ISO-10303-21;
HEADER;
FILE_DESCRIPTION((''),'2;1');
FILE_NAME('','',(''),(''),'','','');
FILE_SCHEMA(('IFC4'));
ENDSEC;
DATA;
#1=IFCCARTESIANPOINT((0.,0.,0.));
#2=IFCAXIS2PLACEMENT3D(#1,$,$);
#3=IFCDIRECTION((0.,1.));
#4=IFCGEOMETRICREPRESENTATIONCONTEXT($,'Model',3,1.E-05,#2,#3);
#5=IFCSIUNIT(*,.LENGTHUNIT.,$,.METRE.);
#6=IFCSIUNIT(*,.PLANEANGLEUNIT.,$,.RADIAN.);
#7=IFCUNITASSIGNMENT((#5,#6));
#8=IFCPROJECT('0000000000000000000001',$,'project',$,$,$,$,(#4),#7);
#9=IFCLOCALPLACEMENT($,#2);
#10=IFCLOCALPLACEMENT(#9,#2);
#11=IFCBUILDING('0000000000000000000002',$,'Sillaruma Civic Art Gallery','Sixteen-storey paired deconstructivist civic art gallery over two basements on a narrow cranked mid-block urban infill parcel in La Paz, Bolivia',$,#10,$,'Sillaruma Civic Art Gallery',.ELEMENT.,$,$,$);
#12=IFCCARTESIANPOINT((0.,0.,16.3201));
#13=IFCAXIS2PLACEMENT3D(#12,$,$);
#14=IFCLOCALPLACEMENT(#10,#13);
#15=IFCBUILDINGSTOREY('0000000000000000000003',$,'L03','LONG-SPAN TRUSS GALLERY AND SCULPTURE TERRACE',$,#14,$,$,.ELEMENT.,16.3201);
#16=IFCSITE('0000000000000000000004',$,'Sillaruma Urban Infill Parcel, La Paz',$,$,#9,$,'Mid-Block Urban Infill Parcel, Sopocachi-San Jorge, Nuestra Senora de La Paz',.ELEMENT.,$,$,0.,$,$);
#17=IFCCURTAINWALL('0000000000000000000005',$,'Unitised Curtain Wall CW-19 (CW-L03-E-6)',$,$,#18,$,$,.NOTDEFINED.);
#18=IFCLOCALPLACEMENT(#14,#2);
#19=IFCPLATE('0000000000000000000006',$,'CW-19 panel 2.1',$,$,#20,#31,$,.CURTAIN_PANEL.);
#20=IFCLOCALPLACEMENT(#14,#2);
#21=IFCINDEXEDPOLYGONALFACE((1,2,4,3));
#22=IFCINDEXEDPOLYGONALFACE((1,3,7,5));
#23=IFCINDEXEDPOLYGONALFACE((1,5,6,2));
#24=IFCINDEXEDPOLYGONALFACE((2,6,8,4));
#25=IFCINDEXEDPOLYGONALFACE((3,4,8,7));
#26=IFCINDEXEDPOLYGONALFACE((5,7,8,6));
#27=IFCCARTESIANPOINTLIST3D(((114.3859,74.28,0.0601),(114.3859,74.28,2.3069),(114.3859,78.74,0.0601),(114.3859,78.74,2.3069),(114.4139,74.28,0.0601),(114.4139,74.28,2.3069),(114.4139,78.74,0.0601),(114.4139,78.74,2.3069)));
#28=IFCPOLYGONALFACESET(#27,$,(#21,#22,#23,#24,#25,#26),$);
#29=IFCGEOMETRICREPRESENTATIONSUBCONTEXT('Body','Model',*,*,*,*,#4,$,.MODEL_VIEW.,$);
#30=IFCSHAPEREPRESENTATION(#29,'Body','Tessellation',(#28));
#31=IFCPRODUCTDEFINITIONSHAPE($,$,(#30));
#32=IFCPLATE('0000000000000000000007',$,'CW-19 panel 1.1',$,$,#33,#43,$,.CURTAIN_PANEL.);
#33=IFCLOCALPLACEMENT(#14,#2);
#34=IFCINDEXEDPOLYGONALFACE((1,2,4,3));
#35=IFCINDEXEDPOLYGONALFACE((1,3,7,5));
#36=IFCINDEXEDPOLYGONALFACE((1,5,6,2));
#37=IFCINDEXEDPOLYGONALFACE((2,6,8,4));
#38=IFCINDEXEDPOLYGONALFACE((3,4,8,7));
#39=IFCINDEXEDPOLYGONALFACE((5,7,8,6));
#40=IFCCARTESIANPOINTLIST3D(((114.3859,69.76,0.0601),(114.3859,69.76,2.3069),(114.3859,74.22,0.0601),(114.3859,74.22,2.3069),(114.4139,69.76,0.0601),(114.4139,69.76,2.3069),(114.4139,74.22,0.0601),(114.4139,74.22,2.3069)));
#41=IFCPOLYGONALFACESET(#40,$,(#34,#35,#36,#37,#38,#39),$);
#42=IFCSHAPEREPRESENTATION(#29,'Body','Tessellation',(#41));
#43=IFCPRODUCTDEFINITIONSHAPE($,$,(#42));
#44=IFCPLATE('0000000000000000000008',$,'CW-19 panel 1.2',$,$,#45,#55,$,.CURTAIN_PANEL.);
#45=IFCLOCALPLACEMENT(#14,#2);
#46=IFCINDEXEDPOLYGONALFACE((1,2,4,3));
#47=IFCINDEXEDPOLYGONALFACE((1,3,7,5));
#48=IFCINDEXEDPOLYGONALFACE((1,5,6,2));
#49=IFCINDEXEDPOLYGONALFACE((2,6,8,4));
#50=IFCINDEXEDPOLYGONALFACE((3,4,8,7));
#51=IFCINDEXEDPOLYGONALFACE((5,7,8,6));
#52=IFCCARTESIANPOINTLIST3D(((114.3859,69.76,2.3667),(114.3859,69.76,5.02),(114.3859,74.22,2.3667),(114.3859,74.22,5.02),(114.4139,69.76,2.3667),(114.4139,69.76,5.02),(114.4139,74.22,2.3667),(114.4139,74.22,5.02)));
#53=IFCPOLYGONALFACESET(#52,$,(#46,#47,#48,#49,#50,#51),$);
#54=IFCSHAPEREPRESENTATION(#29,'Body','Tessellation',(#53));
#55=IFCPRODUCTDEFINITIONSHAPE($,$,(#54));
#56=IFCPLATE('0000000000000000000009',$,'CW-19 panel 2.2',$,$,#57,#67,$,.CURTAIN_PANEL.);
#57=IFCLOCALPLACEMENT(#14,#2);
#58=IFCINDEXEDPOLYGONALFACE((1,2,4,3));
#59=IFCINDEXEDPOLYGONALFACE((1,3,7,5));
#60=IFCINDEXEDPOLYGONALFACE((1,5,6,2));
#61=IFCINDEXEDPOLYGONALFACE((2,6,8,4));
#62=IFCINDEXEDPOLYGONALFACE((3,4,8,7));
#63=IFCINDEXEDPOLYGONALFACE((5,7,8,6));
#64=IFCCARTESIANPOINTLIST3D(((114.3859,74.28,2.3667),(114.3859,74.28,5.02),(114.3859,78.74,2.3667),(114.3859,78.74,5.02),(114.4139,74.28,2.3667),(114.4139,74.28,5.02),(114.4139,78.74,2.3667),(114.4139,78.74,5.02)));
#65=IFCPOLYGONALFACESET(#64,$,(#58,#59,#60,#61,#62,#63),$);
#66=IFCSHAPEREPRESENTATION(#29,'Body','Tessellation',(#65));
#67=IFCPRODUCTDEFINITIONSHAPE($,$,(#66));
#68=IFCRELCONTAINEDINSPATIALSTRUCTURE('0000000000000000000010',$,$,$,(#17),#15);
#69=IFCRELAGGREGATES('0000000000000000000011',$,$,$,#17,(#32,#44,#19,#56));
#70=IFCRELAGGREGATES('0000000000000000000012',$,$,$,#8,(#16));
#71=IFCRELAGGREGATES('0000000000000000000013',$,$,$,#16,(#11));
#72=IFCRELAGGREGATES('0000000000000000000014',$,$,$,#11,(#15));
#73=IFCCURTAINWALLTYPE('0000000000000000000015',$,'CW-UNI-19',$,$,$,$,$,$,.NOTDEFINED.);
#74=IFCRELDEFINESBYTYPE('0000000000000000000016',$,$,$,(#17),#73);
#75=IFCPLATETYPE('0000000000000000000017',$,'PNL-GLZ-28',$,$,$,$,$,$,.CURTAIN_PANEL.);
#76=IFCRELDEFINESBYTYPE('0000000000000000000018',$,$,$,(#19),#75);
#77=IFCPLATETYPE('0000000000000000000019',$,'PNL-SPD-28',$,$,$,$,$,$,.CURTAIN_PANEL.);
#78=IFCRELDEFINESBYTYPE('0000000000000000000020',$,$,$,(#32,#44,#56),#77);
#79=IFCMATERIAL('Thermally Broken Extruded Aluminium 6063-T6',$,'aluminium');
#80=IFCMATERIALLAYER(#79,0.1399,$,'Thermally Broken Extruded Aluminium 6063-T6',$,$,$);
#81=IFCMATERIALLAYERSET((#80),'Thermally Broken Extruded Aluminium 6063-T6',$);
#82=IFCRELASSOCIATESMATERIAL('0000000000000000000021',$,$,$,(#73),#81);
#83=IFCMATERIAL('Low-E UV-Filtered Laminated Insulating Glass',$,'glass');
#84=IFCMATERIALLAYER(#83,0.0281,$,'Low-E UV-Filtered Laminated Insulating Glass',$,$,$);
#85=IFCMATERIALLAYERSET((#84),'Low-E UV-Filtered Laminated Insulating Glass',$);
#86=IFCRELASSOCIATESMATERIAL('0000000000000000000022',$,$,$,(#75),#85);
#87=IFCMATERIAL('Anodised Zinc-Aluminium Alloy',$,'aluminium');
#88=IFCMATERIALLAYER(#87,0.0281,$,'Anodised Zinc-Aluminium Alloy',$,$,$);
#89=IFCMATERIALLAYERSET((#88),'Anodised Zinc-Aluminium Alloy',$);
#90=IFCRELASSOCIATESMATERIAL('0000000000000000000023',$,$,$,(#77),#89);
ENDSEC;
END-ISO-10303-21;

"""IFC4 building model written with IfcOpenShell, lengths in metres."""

from ifc_helpers import new_model, si_unit, direction, frame, origin, origin_2d, place, context, subcontext, project, spatial, rectangle, extrude, material, layer, layer_set, type_object, element, aggregate, save


model = new_model("IFC4")

# Units and contexts
model_context = context("Model", 3, precision=1e-05, world=origin(), true_north=direction((0.0, 1.0)))
body_context = subcontext(model_context, "Body", "Model", "MODEL_VIEW")
ifc_project = project(units=[si_unit("LENGTHUNIT", "METRE"), si_unit("PLANEANGLEUNIT", "RADIAN")], contexts=[model_context])

# Site, building, storey
site_placement = place(None, origin())
site = spatial("IfcSite", under=ifc_project, at=site_placement, Name="Sillaruma Urban Infill Parcel, La Paz", LongName="Mid-Block Urban Infill Parcel, Sopocachi-San Jorge, Nuestra Senora de La Paz", CompositionType="ELEMENT", RefElevation=0.0)
building_placement = place(site_placement, origin())
building = spatial("IfcBuilding", under=site, at=building_placement, Name="Sillaruma Civic Art Gallery", Description="Sixteen-storey paired deconstructivist civic art gallery over two basements on a narrow cranked mid-block urban infill parcel in La Paz, Bolivia", LongName="Sillaruma Civic Art Gallery", CompositionType="ELEMENT")
storey_placement = place(building_placement, frame((0.0, 0.0, 16.3201)))
storey = spatial("IfcBuildingStorey", under=building, at=storey_placement, Name="L03", Description="LONG-SPAN TRUSS GALLERY AND SCULPTURE TERRACE", CompositionType="ELEMENT", Elevation=16.3201)

# Curtain wall
ifc_material_1 = material(Name="Thermally Broken Extruded Aluminium 6063-T6", Category="aluminium")
ifc_layer_1 = layer(ifc_material_1, 0.1399, Name="Thermally Broken Extruded Aluminium 6063-T6")
ifc_layer_set_1 = layer_set([ifc_layer_1], Name="Thermally Broken Extruded Aluminium 6063-T6")
curtain_wall_type = type_object("IfcCurtainWallType", Name="CW-UNI-19", PredefinedType="NOTDEFINED", material=ifc_layer_set_1)
curtain_wall_placement = place(storey_placement, origin())
curtain_wall = element("IfcCurtainWall", 1, at=curtain_wall_placement, inside=storey, type_object=curtain_wall_type, Name="Unitised Curtain Wall CW-19 (CW-L03-E-6)", PredefinedType="NOTDEFINED")

# Plates
ifc_material_2 = material(Name="Low-E UV-Filtered Laminated Insulating Glass", Category="glass")
ifc_layer_2 = layer(ifc_material_2, 0.0281, Name="Low-E UV-Filtered Laminated Insulating Glass")
ifc_layer_set_2 = layer_set([ifc_layer_2], Name="Low-E UV-Filtered Laminated Insulating Glass")
plate_type_1 = type_object("IfcPlateType", Name="PNL-GLZ-28", PredefinedType="CURTAIN_PANEL", material=ifc_layer_set_2)
plate_1_placement = place(storey_placement, frame((114.3999, 76.51, 0.0601), z_axis=(0.0, 0.0, 1.0), x_axis=(0.0, 1.0, 0.0)))
plate_1 = element("IfcPlate", 2, at=plate_1_placement, type_object=plate_type_1, Name="CW-19 panel 2.1", PredefinedType="CURTAIN_PANEL", context=body_context, shape_type="SweptSolid", body=[
    extrude(rectangle(XDim=4.46, YDim=0.0281, at=origin_2d()), origin(), (0.0, 0.0, 1.0), 2.2468),
])
ifc_material_3 = material(Name="Anodised Zinc-Aluminium Alloy", Category="aluminium")
ifc_layer_3 = layer(ifc_material_3, 0.0281, Name="Anodised Zinc-Aluminium Alloy")
ifc_layer_set_3 = layer_set([ifc_layer_3], Name="Anodised Zinc-Aluminium Alloy")
plate_type_2 = type_object("IfcPlateType", Name="PNL-SPD-28", PredefinedType="CURTAIN_PANEL", material=ifc_layer_set_3)
plate_2_placement = place(storey_placement, frame((114.3999, 71.99, 0.0601), z_axis=(0.0, 0.0, 1.0), x_axis=(0.0, 1.0, 0.0)))
plate_2 = element("IfcPlate", 3, at=plate_2_placement, type_object=plate_type_2, Name="CW-19 panel 1.1", PredefinedType="CURTAIN_PANEL", context=body_context, shape_type="SweptSolid", body=[
    extrude(rectangle(XDim=4.46, YDim=0.0281, at=origin_2d()), origin(), (0.0, 0.0, 1.0), 2.2468),
])
plate_3_placement = place(storey_placement, frame((114.3999, 71.99, 2.3667), z_axis=(0.0, 0.0, 1.0), x_axis=(0.0, 1.0, 0.0)))
plate_3 = element("IfcPlate", 4, at=plate_3_placement, type_object=plate_type_2, Name="CW-19 panel 1.2", PredefinedType="CURTAIN_PANEL", context=body_context, shape_type="SweptSolid", body=[
    extrude(rectangle(XDim=4.46, YDim=0.0281, at=origin_2d()), origin(), (0.0, 0.0, 1.0), 2.6533),
])
plate_4_placement = place(storey_placement, frame((114.3999, 76.51, 2.3667), z_axis=(0.0, 0.0, 1.0), x_axis=(0.0, 1.0, 0.0)))
plate_4 = element("IfcPlate", 5, at=plate_4_placement, type_object=plate_type_2, Name="CW-19 panel 2.2", PredefinedType="CURTAIN_PANEL", context=body_context, shape_type="SweptSolid", body=[
    extrude(rectangle(XDim=4.46, YDim=0.0281, at=origin_2d()), origin(), (0.0, 0.0, 1.0), 2.6533),
])
aggregate(curtain_wall, [plate_2, plate_3, plate_1, plate_4])

save(model, "model.ifc")
